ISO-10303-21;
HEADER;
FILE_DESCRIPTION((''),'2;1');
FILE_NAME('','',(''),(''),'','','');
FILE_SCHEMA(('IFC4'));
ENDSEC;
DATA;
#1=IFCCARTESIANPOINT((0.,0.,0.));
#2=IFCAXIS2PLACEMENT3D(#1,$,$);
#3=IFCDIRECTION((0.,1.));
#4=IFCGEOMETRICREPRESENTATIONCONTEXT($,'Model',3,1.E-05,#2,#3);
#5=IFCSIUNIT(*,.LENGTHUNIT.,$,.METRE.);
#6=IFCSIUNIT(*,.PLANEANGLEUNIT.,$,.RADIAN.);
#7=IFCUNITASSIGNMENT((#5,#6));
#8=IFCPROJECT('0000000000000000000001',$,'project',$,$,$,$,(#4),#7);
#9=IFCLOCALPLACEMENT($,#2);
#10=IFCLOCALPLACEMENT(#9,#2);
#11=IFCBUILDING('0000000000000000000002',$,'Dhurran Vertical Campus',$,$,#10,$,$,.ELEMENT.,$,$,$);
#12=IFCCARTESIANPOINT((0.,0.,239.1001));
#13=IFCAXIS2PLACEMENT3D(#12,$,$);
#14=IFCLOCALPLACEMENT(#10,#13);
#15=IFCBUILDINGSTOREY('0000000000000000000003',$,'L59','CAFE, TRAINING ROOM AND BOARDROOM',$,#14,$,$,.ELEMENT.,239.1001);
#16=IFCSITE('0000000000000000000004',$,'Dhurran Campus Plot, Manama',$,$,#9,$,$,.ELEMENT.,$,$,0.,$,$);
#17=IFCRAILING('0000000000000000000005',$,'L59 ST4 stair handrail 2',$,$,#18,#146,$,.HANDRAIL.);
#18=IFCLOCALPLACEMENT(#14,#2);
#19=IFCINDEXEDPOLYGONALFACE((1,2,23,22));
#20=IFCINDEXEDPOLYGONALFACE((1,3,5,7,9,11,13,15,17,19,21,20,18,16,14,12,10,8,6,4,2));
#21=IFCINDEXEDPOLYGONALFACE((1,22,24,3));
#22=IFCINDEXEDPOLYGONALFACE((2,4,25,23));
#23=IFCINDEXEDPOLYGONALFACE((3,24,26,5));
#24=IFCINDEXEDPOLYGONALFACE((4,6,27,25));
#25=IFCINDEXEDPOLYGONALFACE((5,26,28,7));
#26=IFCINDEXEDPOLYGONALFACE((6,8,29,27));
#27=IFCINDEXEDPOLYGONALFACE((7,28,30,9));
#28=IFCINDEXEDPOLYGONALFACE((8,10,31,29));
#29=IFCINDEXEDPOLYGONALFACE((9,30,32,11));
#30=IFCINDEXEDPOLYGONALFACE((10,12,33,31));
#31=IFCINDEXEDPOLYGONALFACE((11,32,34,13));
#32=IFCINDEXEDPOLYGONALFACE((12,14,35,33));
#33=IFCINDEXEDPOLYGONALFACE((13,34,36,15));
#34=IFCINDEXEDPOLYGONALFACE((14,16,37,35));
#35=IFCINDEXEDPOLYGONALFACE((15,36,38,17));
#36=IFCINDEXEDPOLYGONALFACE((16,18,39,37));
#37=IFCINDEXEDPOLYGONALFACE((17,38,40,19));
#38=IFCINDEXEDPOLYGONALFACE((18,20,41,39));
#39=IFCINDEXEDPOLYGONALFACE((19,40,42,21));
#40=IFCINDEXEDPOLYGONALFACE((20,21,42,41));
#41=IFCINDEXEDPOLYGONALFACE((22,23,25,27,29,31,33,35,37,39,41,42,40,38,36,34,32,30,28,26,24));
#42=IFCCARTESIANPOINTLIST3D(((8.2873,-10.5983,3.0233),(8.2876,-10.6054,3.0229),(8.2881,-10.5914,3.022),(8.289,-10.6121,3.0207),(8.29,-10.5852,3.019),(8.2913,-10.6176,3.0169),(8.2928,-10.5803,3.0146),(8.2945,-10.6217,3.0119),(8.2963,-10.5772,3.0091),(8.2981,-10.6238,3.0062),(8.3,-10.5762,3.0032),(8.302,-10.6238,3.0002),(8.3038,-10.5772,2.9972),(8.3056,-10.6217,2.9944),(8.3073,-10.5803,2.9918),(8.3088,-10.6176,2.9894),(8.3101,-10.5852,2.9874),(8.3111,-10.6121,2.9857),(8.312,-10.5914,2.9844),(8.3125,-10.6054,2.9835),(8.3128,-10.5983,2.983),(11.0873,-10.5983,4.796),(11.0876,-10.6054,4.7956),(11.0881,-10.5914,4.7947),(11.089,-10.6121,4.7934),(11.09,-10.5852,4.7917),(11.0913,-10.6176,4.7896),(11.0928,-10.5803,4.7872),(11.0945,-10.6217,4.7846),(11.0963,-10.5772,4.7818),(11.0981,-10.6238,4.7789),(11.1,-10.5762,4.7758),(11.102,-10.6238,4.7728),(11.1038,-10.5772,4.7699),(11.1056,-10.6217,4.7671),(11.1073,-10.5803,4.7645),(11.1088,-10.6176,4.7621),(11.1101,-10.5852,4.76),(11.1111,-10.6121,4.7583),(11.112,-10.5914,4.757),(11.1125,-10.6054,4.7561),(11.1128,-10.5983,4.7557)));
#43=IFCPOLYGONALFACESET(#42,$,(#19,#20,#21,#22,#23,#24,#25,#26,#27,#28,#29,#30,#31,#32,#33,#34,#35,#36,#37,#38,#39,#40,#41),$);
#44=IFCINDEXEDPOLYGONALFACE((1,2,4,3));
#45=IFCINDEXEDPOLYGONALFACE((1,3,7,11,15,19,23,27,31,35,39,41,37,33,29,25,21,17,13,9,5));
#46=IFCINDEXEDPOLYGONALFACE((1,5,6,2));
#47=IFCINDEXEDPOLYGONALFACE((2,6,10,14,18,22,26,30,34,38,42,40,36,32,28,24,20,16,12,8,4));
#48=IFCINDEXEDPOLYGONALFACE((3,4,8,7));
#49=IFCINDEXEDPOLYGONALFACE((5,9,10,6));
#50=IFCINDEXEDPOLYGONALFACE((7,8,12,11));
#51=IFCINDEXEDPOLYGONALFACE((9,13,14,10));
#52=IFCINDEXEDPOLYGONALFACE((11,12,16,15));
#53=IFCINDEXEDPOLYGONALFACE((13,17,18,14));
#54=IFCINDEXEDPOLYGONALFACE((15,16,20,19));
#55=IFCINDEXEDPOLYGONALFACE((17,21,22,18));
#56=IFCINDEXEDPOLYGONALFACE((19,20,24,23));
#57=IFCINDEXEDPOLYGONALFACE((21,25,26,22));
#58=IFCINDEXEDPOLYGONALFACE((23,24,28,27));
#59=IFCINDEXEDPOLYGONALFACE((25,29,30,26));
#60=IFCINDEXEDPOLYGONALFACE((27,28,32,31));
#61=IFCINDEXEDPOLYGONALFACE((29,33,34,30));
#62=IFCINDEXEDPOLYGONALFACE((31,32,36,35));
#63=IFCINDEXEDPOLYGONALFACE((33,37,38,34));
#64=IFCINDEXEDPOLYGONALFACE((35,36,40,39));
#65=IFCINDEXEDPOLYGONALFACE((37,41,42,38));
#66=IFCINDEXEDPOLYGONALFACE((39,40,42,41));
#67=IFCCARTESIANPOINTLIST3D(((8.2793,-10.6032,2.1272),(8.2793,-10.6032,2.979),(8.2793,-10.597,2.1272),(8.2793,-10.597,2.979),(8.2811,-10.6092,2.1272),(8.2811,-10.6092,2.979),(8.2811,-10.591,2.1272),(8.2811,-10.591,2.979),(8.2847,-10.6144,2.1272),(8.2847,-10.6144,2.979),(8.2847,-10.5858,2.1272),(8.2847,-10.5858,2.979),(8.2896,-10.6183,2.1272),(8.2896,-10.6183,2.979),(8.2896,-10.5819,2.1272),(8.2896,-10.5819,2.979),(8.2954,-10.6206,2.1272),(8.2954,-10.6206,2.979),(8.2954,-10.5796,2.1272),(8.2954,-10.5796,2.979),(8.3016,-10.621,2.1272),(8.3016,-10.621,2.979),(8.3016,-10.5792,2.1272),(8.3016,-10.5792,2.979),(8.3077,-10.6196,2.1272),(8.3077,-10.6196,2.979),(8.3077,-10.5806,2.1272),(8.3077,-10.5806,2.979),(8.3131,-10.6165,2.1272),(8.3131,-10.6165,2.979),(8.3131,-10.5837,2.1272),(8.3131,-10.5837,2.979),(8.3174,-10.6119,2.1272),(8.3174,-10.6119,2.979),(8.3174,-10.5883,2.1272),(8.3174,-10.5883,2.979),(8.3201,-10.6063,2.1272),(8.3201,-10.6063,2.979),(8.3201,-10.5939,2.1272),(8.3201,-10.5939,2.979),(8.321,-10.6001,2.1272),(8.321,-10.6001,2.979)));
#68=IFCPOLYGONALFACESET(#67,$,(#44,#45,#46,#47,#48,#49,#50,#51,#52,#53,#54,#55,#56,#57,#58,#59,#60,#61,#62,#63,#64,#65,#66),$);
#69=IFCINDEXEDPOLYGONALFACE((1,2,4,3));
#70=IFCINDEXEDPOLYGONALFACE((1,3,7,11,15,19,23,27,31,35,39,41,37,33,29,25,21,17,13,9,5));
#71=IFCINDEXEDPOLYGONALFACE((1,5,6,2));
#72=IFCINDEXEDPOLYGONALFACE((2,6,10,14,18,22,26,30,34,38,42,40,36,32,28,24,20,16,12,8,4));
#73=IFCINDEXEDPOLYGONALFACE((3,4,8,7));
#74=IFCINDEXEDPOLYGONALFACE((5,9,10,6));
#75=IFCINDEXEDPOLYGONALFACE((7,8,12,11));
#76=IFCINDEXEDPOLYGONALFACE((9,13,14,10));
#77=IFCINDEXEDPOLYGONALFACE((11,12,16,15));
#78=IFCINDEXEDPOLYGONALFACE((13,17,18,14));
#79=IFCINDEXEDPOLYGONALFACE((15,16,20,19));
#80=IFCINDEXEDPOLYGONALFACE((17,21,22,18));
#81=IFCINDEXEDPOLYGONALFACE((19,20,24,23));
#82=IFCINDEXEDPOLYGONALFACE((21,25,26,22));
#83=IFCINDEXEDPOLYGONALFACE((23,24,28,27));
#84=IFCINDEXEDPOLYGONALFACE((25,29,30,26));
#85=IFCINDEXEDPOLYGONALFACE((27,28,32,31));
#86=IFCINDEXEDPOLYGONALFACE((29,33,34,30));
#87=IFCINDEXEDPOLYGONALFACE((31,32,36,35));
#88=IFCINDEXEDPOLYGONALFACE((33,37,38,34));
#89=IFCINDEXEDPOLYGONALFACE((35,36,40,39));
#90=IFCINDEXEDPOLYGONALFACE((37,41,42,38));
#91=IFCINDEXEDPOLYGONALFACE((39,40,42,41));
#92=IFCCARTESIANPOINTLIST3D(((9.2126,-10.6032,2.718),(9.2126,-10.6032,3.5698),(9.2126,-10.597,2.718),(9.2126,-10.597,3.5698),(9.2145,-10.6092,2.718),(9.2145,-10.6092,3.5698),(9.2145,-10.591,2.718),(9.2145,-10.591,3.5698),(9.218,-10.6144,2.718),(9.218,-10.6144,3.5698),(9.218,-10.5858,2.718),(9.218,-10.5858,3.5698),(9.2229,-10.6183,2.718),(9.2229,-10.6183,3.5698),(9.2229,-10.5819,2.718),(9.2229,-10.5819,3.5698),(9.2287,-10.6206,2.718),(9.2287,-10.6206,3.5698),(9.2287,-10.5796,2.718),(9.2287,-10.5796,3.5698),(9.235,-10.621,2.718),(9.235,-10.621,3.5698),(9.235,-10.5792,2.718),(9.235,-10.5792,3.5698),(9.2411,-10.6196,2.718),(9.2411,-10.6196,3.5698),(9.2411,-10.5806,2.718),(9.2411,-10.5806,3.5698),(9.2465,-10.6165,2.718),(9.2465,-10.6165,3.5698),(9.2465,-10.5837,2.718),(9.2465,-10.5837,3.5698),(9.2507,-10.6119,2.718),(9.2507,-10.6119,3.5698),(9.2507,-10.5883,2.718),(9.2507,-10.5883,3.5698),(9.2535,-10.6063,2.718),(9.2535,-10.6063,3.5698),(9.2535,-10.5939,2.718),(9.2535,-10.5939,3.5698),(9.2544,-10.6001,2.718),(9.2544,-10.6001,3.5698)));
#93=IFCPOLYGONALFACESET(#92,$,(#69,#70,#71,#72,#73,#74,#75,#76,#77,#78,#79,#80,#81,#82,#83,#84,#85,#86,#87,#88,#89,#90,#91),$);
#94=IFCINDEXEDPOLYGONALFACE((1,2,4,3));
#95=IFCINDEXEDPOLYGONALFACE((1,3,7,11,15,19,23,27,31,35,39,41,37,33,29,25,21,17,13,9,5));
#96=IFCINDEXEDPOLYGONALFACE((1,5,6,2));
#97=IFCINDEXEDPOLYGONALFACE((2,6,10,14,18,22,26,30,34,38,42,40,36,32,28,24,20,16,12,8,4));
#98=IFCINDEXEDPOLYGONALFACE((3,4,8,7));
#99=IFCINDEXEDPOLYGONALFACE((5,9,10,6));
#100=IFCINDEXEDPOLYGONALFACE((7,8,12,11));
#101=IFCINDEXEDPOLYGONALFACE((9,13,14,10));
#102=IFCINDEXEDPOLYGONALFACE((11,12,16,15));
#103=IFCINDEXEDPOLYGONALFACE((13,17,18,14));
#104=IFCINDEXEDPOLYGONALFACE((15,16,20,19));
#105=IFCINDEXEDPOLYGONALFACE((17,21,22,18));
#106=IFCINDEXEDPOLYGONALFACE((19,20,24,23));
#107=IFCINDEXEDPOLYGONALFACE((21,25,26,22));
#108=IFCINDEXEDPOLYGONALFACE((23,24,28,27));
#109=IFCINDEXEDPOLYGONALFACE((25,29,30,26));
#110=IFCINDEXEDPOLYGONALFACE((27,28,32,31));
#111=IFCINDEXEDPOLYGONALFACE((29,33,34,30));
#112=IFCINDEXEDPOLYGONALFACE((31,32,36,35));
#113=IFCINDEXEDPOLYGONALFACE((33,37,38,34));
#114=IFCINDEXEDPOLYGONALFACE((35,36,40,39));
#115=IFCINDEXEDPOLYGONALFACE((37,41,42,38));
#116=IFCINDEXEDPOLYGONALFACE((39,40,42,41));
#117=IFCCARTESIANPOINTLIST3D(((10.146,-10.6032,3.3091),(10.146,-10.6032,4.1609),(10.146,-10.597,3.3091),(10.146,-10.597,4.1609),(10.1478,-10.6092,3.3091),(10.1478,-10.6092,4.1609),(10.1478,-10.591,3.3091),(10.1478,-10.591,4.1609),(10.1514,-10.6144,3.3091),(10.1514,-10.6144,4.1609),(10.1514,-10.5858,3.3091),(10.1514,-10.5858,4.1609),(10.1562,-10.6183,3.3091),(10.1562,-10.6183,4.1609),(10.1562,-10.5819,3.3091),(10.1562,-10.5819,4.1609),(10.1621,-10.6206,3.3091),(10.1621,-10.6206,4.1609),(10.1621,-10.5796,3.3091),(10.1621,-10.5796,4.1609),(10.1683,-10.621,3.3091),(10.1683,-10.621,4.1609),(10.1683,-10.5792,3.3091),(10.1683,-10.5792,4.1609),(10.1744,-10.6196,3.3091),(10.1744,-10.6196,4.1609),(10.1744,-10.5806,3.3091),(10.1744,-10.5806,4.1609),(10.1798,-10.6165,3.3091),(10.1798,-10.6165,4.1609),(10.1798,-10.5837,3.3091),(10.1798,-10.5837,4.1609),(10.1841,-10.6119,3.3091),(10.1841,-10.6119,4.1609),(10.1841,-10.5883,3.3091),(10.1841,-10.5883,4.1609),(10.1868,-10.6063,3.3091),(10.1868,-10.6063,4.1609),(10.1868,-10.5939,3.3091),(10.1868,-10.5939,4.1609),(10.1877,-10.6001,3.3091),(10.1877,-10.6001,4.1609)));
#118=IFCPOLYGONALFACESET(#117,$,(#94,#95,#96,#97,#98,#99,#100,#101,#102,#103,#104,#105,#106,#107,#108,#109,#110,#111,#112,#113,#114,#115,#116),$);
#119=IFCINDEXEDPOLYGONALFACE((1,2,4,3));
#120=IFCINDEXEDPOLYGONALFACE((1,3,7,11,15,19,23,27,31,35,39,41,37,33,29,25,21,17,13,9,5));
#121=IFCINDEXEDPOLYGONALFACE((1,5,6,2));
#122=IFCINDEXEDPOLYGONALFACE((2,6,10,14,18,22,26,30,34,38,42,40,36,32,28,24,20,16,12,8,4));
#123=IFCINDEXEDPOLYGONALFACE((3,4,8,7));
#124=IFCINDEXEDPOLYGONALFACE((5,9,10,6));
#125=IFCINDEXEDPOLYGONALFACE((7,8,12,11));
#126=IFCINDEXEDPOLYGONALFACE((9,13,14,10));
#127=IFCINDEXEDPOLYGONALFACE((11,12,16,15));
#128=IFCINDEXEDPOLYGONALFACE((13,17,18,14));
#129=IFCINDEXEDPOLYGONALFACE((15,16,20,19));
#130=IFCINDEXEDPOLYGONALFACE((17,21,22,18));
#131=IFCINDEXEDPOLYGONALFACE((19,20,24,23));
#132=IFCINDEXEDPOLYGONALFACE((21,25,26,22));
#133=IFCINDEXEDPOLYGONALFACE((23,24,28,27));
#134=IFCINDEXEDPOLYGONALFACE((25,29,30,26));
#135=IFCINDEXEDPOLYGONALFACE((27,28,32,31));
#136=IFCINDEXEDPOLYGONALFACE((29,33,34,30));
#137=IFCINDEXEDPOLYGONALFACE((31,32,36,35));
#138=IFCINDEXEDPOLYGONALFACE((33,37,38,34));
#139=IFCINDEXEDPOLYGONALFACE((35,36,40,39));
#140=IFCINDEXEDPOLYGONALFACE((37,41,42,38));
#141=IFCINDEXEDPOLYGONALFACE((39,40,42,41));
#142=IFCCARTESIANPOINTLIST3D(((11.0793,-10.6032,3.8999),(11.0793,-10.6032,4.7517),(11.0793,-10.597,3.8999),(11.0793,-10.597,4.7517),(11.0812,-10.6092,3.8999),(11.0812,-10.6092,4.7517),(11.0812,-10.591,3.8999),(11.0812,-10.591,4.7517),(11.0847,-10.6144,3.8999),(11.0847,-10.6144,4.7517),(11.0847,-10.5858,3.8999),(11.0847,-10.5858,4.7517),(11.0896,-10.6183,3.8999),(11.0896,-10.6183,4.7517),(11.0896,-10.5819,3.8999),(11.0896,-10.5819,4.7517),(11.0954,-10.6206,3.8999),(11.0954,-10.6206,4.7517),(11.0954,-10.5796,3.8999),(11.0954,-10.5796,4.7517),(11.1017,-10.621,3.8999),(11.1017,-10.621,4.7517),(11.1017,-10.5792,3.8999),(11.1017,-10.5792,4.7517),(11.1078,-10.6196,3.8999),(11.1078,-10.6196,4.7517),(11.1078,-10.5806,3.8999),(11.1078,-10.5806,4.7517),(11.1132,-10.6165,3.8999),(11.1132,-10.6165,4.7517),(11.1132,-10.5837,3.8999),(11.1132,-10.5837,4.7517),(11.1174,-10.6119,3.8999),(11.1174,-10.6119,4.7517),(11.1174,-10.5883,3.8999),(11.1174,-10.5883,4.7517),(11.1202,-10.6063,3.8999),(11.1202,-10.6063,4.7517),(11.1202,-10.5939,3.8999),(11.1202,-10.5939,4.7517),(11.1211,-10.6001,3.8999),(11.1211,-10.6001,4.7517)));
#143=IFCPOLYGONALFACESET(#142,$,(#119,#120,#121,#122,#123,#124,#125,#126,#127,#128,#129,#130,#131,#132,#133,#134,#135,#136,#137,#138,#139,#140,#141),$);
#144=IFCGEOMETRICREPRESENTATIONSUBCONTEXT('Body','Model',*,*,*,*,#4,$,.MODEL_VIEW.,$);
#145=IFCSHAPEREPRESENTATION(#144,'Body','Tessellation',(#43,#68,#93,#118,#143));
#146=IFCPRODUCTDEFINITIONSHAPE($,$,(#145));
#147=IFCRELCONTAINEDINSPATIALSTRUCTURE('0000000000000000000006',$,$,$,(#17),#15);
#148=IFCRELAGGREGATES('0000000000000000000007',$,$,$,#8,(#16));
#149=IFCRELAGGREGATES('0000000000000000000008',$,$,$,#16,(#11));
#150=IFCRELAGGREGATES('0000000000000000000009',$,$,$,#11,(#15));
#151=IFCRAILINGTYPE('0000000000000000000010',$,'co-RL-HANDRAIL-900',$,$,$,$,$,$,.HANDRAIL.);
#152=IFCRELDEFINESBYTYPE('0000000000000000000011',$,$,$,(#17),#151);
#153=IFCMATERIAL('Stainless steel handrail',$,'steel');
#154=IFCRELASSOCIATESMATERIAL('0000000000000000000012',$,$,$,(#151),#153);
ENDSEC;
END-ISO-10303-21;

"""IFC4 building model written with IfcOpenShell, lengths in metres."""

from ifc_helpers import new_model, si_unit, direction, frame, origin, origin_2d, place, context, subcontext, project, spatial, circle, extrude, material, type_object, element, save


model = new_model("IFC4")

# Units and contexts
model_context = context("Model", 3, precision=1e-05, world=origin(), true_north=direction((0.0, 1.0)))
body_context = subcontext(model_context, "Body", "Model", "MODEL_VIEW")
ifc_project = project(units=[si_unit("LENGTHUNIT", "METRE"), si_unit("PLANEANGLEUNIT", "RADIAN")], contexts=[model_context])

# Site, building, storey
site_placement = place(None, origin())
site = spatial("IfcSite", under=ifc_project, at=site_placement, Name="Dhurran Campus Plot, Manama", CompositionType="ELEMENT", RefElevation=0.0)
building_placement = place(site_placement, origin())
building = spatial("IfcBuilding", under=site, at=building_placement, Name="Dhurran Vertical Campus", CompositionType="ELEMENT")
storey_placement = place(building_placement, frame((0.0, 0.0, 239.1001)))
storey = spatial("IfcBuildingStorey", under=building, at=storey_placement, Name="L59", Description="CAFE, TRAINING ROOM AND BOARDROOM", CompositionType="ELEMENT", Elevation=239.1001)

# Railing
ifc_material_1 = material(Name="Stainless steel handrail", Category="steel")
railing_type_1 = type_object("IfcRailingType", Name="co-RL-HANDRAIL-900", PredefinedType="HANDRAIL", material=ifc_material_1)
railing_1_placement = place(storey_placement, frame((8.3, -10.6001, 2.1272)))
element("IfcRailing", 1, at=railing_1_placement, inside=storey, type_object=railing_type_1, Name="L59 ST4 stair handrail 2", PredefinedType="HANDRAIL", context=body_context, shape_type="SweptSolid", body=[
    extrude(circle(Radius=0.0239, at=origin_2d()), frame((0.0, 0.0, 0.876), z_axis=(0.844909, 0.0, 0.53491), x_axis=(0.0, 1.0, 0.0)), (0.0, 0.0, 1.0), 3.314),
    extrude(circle(Radius=0.021, at=origin_2d()), origin(), (0.0, 0.0, 1.0), 0.8518),
    extrude(circle(Radius=0.021, at=origin_2d()), frame((0.9333, 0.0, 0.5908)), (0.0, 0.0, 1.0), 0.8518),
    extrude(circle(Radius=0.021, at=origin_2d()), frame((1.8667, 0.0, 1.1819)), (0.0, 0.0, 1.0), 0.8518),
    extrude(circle(Radius=0.021, at=origin_2d()), frame((2.8, 0.0, 1.7727)), (0.0, 0.0, 1.0), 0.8518),
])

save(model, "model.ifc")
